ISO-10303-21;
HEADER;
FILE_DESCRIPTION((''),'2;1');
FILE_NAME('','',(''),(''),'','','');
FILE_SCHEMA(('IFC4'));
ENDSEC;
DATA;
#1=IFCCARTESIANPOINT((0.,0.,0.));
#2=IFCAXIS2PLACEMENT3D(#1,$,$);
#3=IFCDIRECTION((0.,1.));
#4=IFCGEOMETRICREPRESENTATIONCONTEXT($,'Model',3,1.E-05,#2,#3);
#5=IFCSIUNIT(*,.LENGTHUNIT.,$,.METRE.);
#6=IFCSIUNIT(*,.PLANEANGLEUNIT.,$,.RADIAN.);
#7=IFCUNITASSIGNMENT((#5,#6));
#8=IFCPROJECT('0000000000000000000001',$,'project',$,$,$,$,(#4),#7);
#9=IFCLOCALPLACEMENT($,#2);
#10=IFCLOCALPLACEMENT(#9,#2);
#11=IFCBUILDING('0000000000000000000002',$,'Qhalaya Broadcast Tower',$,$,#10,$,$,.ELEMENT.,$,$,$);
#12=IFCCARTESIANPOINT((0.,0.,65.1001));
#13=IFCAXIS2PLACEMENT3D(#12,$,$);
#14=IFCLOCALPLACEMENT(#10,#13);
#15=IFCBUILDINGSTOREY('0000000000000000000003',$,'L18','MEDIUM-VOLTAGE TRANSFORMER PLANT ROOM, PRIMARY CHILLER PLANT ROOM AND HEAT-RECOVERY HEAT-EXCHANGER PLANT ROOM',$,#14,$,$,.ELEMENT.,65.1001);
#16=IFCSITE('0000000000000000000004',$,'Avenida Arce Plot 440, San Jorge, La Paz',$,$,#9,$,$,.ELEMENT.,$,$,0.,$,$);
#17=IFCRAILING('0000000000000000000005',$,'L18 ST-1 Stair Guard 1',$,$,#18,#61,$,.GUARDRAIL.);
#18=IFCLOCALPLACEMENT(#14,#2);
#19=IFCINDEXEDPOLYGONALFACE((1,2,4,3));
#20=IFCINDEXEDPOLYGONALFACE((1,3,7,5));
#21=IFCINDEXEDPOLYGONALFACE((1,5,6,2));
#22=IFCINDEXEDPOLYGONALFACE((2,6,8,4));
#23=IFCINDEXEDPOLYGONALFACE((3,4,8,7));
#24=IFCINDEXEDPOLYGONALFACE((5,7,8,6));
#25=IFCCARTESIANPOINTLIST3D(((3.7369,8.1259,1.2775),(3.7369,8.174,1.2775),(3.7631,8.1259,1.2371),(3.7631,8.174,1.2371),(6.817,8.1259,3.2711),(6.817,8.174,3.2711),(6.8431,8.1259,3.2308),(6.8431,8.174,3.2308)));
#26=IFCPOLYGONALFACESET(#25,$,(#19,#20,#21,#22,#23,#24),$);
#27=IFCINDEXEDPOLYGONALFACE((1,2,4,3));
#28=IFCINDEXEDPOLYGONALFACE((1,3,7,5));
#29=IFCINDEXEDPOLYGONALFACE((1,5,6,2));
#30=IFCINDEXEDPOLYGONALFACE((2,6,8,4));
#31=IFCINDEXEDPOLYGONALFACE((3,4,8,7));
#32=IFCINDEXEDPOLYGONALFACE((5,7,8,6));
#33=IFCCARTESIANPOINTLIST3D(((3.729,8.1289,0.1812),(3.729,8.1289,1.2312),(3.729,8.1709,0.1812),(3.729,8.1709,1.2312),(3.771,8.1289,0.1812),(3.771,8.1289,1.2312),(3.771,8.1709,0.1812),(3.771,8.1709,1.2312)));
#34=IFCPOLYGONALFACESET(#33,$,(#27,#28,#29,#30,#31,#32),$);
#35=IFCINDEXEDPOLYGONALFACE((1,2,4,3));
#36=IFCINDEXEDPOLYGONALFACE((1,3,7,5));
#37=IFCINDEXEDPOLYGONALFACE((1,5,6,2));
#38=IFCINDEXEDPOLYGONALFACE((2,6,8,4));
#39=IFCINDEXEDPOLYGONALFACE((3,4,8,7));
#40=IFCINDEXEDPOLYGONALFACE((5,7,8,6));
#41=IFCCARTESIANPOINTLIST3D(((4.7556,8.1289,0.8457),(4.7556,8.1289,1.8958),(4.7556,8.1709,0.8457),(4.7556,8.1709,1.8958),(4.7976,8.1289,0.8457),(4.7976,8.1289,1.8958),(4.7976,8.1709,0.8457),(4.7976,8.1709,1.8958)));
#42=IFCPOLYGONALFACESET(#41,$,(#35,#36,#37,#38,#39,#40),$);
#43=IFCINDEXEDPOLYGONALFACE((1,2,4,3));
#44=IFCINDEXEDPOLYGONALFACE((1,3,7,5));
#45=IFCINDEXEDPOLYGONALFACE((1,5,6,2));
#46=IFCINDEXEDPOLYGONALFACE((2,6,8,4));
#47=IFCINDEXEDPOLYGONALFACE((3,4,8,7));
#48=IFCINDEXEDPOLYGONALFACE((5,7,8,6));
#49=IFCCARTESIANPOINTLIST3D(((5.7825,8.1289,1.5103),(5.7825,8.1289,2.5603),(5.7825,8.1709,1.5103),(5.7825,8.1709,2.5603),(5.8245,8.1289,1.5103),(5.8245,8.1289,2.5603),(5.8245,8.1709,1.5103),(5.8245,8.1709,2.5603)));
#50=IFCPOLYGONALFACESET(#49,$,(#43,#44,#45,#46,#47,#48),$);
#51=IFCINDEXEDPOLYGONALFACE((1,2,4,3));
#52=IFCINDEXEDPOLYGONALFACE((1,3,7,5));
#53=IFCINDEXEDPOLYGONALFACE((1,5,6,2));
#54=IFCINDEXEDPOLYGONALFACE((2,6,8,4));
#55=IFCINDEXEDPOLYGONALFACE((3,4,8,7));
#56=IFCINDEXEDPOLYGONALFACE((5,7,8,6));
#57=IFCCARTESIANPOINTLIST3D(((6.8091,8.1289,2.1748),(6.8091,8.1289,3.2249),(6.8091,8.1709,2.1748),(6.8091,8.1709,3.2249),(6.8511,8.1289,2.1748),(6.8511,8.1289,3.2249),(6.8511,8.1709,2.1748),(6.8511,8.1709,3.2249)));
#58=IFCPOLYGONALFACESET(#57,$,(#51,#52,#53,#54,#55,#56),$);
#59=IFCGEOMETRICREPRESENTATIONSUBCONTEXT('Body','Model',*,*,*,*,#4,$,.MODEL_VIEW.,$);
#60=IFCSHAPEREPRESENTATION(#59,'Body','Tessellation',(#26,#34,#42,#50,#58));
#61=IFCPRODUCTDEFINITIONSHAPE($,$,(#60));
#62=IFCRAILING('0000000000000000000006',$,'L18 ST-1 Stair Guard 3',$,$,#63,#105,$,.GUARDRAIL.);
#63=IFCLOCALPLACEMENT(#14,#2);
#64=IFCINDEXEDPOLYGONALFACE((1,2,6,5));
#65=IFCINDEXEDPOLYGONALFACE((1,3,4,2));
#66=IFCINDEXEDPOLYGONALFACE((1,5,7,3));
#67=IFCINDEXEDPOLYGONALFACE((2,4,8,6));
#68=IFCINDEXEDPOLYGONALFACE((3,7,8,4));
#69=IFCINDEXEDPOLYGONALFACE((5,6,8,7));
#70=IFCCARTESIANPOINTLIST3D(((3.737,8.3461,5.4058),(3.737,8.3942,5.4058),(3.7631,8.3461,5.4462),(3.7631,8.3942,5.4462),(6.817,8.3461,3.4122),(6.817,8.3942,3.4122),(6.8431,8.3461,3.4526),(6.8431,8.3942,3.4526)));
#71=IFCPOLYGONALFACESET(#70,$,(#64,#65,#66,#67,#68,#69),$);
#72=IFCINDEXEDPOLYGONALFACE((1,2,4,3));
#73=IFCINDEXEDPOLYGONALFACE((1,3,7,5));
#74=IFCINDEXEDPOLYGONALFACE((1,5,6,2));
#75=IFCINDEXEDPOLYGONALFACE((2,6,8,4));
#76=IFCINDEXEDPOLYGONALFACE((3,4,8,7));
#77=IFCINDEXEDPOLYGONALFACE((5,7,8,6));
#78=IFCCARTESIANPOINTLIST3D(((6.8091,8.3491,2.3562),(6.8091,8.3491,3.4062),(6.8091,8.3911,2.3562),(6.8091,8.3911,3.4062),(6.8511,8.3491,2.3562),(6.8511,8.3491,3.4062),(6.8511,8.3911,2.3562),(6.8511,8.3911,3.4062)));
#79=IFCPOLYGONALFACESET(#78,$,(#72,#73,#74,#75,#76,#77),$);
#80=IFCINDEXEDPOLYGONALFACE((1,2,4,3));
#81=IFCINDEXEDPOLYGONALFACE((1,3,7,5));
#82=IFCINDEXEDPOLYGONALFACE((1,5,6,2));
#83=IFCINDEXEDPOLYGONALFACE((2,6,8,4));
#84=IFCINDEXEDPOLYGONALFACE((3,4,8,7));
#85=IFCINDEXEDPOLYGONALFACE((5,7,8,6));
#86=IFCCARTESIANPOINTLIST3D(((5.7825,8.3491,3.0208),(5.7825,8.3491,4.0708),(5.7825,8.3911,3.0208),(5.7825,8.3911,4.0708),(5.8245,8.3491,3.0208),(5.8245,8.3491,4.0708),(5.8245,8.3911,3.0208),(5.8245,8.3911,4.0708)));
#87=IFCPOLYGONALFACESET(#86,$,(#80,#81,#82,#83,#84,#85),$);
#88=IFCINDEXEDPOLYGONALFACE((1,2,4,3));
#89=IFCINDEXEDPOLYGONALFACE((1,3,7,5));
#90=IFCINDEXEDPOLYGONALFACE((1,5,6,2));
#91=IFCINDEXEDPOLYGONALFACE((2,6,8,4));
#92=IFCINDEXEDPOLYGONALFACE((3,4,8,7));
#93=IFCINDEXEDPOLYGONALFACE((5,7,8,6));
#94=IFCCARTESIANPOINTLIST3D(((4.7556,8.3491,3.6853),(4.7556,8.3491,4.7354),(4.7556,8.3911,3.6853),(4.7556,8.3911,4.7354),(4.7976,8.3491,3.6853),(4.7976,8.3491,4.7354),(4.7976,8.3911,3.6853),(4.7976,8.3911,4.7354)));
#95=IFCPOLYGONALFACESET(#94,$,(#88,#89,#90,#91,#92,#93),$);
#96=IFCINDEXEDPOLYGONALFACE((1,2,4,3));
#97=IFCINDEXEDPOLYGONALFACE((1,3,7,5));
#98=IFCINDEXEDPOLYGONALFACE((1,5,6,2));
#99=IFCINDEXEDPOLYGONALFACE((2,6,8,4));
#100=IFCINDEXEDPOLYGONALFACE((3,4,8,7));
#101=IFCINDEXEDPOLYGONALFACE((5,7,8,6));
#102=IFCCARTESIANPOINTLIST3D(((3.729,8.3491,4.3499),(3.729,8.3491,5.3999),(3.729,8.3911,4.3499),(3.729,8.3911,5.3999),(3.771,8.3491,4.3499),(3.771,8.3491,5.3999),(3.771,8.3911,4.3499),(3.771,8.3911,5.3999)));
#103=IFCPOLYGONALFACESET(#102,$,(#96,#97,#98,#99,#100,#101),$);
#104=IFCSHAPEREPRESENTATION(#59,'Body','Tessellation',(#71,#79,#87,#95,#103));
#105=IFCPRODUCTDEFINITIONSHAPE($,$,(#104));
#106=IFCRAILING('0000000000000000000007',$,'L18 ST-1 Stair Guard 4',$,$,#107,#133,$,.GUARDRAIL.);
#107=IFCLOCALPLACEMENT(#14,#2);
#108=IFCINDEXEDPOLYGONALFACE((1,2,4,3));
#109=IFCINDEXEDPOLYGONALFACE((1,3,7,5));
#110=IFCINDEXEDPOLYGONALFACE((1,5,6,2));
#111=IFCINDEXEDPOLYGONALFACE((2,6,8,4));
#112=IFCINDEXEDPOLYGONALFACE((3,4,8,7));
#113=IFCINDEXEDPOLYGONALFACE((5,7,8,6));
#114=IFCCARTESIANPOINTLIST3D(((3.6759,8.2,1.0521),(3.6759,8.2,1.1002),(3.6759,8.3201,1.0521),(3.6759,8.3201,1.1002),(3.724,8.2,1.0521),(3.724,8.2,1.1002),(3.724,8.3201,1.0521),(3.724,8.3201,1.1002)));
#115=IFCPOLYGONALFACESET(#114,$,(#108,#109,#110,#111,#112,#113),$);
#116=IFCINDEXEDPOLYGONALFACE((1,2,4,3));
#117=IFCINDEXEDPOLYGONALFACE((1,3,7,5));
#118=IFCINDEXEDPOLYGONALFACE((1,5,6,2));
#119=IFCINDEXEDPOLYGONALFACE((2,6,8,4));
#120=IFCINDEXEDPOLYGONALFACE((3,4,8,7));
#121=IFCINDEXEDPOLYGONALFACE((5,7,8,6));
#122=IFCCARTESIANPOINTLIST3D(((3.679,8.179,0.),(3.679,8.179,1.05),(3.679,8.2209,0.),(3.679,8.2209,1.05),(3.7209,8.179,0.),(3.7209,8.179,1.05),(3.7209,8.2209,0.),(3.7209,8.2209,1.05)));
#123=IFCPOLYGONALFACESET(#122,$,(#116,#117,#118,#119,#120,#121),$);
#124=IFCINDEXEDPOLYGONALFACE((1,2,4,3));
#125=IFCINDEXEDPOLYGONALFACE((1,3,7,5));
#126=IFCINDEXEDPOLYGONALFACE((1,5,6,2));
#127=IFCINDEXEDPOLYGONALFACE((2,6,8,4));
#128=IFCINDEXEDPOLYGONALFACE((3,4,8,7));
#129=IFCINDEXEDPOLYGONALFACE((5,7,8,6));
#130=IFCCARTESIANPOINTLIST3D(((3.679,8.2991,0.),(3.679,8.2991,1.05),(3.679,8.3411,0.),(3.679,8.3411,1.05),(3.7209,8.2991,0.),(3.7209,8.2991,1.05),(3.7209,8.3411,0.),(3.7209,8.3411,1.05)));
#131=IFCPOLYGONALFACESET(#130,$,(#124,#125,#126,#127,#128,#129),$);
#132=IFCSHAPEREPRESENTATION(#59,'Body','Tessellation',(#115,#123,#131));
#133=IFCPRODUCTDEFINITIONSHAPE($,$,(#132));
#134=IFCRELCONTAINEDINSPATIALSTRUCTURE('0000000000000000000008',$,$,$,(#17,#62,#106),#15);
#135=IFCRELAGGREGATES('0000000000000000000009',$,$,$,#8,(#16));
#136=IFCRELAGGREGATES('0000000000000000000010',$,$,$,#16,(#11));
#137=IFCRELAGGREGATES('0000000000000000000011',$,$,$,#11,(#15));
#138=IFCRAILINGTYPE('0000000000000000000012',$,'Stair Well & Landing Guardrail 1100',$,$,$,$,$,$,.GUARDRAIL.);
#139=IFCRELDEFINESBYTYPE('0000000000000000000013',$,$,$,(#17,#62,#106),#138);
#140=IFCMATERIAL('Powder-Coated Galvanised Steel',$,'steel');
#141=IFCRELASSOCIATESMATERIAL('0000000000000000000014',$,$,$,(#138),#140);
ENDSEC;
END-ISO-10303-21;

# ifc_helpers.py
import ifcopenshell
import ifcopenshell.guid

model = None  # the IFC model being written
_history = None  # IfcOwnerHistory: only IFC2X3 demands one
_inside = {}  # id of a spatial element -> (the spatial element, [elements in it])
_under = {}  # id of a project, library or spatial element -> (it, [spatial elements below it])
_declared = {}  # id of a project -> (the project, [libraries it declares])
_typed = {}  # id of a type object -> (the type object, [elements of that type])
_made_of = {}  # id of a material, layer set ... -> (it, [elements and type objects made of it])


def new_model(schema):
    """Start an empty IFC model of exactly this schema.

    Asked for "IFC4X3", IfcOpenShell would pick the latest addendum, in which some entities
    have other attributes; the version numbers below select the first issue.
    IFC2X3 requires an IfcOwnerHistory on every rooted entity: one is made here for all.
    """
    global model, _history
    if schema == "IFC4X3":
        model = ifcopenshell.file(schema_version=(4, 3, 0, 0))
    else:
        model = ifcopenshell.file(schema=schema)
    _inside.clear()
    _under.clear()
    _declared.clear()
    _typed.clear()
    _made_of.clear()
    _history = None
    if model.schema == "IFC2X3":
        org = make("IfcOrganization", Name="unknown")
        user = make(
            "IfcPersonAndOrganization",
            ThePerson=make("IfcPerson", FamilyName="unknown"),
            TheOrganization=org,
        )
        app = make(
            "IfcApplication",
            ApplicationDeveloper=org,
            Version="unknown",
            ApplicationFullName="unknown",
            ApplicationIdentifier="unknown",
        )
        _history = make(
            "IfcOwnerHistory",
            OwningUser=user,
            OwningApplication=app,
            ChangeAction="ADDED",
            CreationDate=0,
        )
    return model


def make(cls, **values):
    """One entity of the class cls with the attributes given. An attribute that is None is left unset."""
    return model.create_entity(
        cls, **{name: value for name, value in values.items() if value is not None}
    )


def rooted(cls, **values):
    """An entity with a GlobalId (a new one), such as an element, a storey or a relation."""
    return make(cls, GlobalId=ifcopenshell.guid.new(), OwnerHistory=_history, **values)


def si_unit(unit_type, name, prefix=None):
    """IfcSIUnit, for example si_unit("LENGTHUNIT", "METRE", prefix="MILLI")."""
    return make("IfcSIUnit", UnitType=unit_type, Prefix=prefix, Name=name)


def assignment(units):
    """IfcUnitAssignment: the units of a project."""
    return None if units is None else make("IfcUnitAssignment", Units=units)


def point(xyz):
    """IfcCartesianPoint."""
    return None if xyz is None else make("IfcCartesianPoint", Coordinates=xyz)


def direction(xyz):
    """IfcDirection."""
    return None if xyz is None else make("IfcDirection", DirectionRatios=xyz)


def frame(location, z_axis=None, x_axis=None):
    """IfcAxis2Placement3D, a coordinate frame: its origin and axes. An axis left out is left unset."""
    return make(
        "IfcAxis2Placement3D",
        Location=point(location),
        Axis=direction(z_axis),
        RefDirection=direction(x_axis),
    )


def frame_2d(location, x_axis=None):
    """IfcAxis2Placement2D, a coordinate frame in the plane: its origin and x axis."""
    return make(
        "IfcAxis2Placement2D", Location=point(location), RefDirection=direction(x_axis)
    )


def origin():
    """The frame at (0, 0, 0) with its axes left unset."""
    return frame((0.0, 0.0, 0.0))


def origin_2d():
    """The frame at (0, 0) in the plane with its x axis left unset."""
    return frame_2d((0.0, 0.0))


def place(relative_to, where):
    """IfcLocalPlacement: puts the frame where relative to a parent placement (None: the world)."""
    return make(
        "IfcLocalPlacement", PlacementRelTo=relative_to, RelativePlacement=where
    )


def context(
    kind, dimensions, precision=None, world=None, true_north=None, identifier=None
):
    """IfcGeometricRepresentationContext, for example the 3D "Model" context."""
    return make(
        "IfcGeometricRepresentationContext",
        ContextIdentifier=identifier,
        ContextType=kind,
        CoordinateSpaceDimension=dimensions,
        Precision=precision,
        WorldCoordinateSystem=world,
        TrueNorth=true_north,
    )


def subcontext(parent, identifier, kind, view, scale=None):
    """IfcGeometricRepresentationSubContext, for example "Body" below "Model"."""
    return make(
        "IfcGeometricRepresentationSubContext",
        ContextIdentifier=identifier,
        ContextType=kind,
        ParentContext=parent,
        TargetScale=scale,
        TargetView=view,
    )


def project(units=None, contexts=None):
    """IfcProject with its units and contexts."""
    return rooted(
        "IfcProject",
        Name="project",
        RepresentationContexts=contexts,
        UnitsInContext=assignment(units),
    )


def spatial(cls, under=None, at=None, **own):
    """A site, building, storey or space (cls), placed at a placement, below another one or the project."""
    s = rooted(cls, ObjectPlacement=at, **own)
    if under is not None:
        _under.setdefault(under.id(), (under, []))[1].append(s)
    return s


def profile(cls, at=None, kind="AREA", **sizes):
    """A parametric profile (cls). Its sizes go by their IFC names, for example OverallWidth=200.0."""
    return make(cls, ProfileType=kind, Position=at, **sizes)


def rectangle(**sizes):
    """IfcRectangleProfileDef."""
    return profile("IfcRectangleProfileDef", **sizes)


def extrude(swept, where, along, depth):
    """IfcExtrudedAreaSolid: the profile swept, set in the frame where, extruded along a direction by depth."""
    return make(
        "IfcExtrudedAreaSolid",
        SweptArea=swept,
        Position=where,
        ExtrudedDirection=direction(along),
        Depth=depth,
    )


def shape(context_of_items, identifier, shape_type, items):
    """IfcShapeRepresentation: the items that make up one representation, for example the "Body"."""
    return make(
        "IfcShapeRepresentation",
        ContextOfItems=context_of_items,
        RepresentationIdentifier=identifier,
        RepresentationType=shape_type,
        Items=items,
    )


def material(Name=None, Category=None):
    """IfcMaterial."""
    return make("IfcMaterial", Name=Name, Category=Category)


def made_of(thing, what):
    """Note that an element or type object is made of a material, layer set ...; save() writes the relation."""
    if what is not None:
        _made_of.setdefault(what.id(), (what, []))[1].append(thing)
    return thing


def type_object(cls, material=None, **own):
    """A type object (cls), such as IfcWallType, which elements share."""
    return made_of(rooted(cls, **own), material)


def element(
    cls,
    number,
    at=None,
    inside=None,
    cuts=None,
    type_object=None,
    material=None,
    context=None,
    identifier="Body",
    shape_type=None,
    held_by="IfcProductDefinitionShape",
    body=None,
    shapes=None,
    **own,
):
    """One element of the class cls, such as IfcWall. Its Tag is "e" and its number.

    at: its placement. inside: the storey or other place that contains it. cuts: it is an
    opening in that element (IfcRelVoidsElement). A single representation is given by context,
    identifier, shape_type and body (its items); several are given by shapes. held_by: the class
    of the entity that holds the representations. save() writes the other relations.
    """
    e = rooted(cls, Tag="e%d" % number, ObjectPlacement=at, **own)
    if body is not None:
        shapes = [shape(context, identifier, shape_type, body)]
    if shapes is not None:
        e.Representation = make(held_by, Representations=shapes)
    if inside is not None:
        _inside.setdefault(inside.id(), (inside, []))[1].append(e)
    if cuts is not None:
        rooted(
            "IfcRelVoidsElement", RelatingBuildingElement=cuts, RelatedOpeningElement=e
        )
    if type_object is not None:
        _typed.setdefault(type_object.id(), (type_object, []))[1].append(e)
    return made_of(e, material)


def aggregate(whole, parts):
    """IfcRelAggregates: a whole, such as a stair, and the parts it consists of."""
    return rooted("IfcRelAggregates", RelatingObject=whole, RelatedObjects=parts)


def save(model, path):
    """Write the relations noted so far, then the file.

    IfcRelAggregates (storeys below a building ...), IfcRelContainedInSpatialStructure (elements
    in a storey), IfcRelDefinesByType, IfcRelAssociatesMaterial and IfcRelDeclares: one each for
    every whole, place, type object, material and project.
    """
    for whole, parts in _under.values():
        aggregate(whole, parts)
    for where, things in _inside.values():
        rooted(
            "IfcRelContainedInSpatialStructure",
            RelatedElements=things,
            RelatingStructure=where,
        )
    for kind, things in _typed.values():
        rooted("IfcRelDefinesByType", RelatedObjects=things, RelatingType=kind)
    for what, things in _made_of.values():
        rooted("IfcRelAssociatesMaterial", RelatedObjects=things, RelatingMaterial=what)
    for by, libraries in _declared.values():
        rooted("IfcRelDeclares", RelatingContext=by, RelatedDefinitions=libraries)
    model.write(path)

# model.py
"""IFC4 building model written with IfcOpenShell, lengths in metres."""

from ifc_helpers import new_model, si_unit, direction, frame, origin, origin_2d, place, context, subcontext, project, spatial, rectangle, extrude, material, type_object, element, save


model = new_model("IFC4")

# Units and contexts
model_context = context("Model", 3, precision=1e-05, world=origin(), true_north=direction((0.0, 1.0)))
body_context = subcontext(model_context, "Body", "Model", "MODEL_VIEW")
ifc_project = project(units=[si_unit("LENGTHUNIT", "METRE"), si_unit("PLANEANGLEUNIT", "RADIAN")], contexts=[model_context])

# Site, building, storey
site_placement = place(None, origin())
site = spatial("IfcSite", under=ifc_project, at=site_placement, Name="Avenida Arce Plot 440, San Jorge, La Paz", CompositionType="ELEMENT", RefElevation=0.0)
building_placement = place(site_placement, origin())
building = spatial("IfcBuilding", under=site, at=building_placement, Name="Qhalaya Broadcast Tower", CompositionType="ELEMENT")
storey_placement = place(building_placement, frame((0.0, 0.0, 65.1001)))
storey = spatial("IfcBuildingStorey", under=building, at=storey_placement, Name="L18", Description="MEDIUM-VOLTAGE TRANSFORMER PLANT ROOM, PRIMARY CHILLER PLANT ROOM AND HEAT-RECOVERY HEAT-EXCHANGER PLANT ROOM", CompositionType="ELEMENT", Elevation=65.1001)

# Railings
ifc_material_1 = material(Name="Powder-Coated Galvanised Steel", Category="steel")
railing_type_1 = type_object("IfcRailingType", Name="Stair Well & Landing Guardrail 1100", PredefinedType="GUARDRAIL", material=ifc_material_1)
railing_1_placement = place(storey_placement, frame((3.75, 8.1499, 0.1812)))
element("IfcRailing", 1, at=railing_1_placement, inside=storey, type_object=railing_type_1, Name="L18 ST-1 Stair Guard 1", PredefinedType="GUARDRAIL", context=body_context, shape_type="SweptSolid", body=[
    extrude(rectangle(XDim=0.0481, YDim=0.0481, at=origin_2d()), frame((0.0, 0.0, 1.0762), z_axis=(0.839488, 0.0, 0.543378), x_axis=(0.0, 1.0, 0.0)), (0.0, 0.0, 1.0), 3.6689),
    extrude(rectangle(XDim=0.042, YDim=0.042, at=origin_2d()), origin(), (0.0, 0.0, 1.0), 1.05),
    extrude(rectangle(XDim=0.042, YDim=0.042, at=origin_2d()), frame((1.0266, 0.0, 0.6646)), (0.0, 0.0, 1.0), 1.05),
    extrude(rectangle(XDim=0.042, YDim=0.042, at=origin_2d()), frame((2.0535, 0.0, 1.3291)), (0.0, 0.0, 1.0), 1.05),
    extrude(rectangle(XDim=0.042, YDim=0.042, at=origin_2d()), frame((3.0801, 0.0, 1.9937)), (0.0, 0.0, 1.0), 1.05),
])
railing_2_placement = place(storey_placement, frame((6.8301, 8.3701, 2.3562)))
element("IfcRailing", 2, at=railing_2_placement, inside=storey, type_object=railing_type_1, Name="L18 ST-1 Stair Guard 3", PredefinedType="GUARDRAIL", context=body_context, shape_type="SweptSolid", body=[
    extrude(rectangle(XDim=0.0481, YDim=0.0481, at=origin_2d()), frame((0.0, 0.0, 1.0762), z_axis=(-0.839488, 0.0, 0.543378), x_axis=(0.0, -1.0, 0.0)), (0.0, 0.0, 1.0), 3.6689),
    extrude(rectangle(XDim=0.042, YDim=0.042, at=origin_2d()), origin(), (0.0, 0.0, 1.0), 1.05),
    extrude(rectangle(XDim=0.042, YDim=0.042, at=origin_2d()), frame((-1.0266, 0.0, 0.6646)), (0.0, 0.0, 1.0), 1.05),
    extrude(rectangle(XDim=0.042, YDim=0.042, at=origin_2d()), frame((-2.0535, 0.0, 1.3291)), (0.0, 0.0, 1.0), 1.05),
    extrude(rectangle(XDim=0.042, YDim=0.042, at=origin_2d()), frame((-3.0801, 0.0, 1.9937)), (0.0, 0.0, 1.0), 1.05),
])
railing_3_placement = place(storey_placement, frame((3.7, 8.2, 0.0)))
element("IfcRailing", 3, at=railing_3_placement, inside=storey, type_object=railing_type_1, Name="L18 ST-1 Stair Guard 4", PredefinedType="GUARDRAIL", context=body_context, shape_type="SweptSolid", body=[
    extrude(rectangle(XDim=0.0481, YDim=0.0481, at=origin_2d()), frame((0.0, 0.0, 1.0762), z_axis=(0.0, 1.0, 0.0), x_axis=(-1.0, 0.0, 0.0)), (0.0, 0.0, 1.0), 0.1201),
    extrude(rectangle(XDim=0.042, YDim=0.042, at=origin_2d()), origin(), (0.0, 0.0, 1.0), 1.05),
    extrude(rectangle(XDim=0.042, YDim=0.042, at=origin_2d()), frame((0.0, 0.1201, 0.0)), (0.0, 0.0, 1.0), 1.05),
])

save(model, "model.ifc")
